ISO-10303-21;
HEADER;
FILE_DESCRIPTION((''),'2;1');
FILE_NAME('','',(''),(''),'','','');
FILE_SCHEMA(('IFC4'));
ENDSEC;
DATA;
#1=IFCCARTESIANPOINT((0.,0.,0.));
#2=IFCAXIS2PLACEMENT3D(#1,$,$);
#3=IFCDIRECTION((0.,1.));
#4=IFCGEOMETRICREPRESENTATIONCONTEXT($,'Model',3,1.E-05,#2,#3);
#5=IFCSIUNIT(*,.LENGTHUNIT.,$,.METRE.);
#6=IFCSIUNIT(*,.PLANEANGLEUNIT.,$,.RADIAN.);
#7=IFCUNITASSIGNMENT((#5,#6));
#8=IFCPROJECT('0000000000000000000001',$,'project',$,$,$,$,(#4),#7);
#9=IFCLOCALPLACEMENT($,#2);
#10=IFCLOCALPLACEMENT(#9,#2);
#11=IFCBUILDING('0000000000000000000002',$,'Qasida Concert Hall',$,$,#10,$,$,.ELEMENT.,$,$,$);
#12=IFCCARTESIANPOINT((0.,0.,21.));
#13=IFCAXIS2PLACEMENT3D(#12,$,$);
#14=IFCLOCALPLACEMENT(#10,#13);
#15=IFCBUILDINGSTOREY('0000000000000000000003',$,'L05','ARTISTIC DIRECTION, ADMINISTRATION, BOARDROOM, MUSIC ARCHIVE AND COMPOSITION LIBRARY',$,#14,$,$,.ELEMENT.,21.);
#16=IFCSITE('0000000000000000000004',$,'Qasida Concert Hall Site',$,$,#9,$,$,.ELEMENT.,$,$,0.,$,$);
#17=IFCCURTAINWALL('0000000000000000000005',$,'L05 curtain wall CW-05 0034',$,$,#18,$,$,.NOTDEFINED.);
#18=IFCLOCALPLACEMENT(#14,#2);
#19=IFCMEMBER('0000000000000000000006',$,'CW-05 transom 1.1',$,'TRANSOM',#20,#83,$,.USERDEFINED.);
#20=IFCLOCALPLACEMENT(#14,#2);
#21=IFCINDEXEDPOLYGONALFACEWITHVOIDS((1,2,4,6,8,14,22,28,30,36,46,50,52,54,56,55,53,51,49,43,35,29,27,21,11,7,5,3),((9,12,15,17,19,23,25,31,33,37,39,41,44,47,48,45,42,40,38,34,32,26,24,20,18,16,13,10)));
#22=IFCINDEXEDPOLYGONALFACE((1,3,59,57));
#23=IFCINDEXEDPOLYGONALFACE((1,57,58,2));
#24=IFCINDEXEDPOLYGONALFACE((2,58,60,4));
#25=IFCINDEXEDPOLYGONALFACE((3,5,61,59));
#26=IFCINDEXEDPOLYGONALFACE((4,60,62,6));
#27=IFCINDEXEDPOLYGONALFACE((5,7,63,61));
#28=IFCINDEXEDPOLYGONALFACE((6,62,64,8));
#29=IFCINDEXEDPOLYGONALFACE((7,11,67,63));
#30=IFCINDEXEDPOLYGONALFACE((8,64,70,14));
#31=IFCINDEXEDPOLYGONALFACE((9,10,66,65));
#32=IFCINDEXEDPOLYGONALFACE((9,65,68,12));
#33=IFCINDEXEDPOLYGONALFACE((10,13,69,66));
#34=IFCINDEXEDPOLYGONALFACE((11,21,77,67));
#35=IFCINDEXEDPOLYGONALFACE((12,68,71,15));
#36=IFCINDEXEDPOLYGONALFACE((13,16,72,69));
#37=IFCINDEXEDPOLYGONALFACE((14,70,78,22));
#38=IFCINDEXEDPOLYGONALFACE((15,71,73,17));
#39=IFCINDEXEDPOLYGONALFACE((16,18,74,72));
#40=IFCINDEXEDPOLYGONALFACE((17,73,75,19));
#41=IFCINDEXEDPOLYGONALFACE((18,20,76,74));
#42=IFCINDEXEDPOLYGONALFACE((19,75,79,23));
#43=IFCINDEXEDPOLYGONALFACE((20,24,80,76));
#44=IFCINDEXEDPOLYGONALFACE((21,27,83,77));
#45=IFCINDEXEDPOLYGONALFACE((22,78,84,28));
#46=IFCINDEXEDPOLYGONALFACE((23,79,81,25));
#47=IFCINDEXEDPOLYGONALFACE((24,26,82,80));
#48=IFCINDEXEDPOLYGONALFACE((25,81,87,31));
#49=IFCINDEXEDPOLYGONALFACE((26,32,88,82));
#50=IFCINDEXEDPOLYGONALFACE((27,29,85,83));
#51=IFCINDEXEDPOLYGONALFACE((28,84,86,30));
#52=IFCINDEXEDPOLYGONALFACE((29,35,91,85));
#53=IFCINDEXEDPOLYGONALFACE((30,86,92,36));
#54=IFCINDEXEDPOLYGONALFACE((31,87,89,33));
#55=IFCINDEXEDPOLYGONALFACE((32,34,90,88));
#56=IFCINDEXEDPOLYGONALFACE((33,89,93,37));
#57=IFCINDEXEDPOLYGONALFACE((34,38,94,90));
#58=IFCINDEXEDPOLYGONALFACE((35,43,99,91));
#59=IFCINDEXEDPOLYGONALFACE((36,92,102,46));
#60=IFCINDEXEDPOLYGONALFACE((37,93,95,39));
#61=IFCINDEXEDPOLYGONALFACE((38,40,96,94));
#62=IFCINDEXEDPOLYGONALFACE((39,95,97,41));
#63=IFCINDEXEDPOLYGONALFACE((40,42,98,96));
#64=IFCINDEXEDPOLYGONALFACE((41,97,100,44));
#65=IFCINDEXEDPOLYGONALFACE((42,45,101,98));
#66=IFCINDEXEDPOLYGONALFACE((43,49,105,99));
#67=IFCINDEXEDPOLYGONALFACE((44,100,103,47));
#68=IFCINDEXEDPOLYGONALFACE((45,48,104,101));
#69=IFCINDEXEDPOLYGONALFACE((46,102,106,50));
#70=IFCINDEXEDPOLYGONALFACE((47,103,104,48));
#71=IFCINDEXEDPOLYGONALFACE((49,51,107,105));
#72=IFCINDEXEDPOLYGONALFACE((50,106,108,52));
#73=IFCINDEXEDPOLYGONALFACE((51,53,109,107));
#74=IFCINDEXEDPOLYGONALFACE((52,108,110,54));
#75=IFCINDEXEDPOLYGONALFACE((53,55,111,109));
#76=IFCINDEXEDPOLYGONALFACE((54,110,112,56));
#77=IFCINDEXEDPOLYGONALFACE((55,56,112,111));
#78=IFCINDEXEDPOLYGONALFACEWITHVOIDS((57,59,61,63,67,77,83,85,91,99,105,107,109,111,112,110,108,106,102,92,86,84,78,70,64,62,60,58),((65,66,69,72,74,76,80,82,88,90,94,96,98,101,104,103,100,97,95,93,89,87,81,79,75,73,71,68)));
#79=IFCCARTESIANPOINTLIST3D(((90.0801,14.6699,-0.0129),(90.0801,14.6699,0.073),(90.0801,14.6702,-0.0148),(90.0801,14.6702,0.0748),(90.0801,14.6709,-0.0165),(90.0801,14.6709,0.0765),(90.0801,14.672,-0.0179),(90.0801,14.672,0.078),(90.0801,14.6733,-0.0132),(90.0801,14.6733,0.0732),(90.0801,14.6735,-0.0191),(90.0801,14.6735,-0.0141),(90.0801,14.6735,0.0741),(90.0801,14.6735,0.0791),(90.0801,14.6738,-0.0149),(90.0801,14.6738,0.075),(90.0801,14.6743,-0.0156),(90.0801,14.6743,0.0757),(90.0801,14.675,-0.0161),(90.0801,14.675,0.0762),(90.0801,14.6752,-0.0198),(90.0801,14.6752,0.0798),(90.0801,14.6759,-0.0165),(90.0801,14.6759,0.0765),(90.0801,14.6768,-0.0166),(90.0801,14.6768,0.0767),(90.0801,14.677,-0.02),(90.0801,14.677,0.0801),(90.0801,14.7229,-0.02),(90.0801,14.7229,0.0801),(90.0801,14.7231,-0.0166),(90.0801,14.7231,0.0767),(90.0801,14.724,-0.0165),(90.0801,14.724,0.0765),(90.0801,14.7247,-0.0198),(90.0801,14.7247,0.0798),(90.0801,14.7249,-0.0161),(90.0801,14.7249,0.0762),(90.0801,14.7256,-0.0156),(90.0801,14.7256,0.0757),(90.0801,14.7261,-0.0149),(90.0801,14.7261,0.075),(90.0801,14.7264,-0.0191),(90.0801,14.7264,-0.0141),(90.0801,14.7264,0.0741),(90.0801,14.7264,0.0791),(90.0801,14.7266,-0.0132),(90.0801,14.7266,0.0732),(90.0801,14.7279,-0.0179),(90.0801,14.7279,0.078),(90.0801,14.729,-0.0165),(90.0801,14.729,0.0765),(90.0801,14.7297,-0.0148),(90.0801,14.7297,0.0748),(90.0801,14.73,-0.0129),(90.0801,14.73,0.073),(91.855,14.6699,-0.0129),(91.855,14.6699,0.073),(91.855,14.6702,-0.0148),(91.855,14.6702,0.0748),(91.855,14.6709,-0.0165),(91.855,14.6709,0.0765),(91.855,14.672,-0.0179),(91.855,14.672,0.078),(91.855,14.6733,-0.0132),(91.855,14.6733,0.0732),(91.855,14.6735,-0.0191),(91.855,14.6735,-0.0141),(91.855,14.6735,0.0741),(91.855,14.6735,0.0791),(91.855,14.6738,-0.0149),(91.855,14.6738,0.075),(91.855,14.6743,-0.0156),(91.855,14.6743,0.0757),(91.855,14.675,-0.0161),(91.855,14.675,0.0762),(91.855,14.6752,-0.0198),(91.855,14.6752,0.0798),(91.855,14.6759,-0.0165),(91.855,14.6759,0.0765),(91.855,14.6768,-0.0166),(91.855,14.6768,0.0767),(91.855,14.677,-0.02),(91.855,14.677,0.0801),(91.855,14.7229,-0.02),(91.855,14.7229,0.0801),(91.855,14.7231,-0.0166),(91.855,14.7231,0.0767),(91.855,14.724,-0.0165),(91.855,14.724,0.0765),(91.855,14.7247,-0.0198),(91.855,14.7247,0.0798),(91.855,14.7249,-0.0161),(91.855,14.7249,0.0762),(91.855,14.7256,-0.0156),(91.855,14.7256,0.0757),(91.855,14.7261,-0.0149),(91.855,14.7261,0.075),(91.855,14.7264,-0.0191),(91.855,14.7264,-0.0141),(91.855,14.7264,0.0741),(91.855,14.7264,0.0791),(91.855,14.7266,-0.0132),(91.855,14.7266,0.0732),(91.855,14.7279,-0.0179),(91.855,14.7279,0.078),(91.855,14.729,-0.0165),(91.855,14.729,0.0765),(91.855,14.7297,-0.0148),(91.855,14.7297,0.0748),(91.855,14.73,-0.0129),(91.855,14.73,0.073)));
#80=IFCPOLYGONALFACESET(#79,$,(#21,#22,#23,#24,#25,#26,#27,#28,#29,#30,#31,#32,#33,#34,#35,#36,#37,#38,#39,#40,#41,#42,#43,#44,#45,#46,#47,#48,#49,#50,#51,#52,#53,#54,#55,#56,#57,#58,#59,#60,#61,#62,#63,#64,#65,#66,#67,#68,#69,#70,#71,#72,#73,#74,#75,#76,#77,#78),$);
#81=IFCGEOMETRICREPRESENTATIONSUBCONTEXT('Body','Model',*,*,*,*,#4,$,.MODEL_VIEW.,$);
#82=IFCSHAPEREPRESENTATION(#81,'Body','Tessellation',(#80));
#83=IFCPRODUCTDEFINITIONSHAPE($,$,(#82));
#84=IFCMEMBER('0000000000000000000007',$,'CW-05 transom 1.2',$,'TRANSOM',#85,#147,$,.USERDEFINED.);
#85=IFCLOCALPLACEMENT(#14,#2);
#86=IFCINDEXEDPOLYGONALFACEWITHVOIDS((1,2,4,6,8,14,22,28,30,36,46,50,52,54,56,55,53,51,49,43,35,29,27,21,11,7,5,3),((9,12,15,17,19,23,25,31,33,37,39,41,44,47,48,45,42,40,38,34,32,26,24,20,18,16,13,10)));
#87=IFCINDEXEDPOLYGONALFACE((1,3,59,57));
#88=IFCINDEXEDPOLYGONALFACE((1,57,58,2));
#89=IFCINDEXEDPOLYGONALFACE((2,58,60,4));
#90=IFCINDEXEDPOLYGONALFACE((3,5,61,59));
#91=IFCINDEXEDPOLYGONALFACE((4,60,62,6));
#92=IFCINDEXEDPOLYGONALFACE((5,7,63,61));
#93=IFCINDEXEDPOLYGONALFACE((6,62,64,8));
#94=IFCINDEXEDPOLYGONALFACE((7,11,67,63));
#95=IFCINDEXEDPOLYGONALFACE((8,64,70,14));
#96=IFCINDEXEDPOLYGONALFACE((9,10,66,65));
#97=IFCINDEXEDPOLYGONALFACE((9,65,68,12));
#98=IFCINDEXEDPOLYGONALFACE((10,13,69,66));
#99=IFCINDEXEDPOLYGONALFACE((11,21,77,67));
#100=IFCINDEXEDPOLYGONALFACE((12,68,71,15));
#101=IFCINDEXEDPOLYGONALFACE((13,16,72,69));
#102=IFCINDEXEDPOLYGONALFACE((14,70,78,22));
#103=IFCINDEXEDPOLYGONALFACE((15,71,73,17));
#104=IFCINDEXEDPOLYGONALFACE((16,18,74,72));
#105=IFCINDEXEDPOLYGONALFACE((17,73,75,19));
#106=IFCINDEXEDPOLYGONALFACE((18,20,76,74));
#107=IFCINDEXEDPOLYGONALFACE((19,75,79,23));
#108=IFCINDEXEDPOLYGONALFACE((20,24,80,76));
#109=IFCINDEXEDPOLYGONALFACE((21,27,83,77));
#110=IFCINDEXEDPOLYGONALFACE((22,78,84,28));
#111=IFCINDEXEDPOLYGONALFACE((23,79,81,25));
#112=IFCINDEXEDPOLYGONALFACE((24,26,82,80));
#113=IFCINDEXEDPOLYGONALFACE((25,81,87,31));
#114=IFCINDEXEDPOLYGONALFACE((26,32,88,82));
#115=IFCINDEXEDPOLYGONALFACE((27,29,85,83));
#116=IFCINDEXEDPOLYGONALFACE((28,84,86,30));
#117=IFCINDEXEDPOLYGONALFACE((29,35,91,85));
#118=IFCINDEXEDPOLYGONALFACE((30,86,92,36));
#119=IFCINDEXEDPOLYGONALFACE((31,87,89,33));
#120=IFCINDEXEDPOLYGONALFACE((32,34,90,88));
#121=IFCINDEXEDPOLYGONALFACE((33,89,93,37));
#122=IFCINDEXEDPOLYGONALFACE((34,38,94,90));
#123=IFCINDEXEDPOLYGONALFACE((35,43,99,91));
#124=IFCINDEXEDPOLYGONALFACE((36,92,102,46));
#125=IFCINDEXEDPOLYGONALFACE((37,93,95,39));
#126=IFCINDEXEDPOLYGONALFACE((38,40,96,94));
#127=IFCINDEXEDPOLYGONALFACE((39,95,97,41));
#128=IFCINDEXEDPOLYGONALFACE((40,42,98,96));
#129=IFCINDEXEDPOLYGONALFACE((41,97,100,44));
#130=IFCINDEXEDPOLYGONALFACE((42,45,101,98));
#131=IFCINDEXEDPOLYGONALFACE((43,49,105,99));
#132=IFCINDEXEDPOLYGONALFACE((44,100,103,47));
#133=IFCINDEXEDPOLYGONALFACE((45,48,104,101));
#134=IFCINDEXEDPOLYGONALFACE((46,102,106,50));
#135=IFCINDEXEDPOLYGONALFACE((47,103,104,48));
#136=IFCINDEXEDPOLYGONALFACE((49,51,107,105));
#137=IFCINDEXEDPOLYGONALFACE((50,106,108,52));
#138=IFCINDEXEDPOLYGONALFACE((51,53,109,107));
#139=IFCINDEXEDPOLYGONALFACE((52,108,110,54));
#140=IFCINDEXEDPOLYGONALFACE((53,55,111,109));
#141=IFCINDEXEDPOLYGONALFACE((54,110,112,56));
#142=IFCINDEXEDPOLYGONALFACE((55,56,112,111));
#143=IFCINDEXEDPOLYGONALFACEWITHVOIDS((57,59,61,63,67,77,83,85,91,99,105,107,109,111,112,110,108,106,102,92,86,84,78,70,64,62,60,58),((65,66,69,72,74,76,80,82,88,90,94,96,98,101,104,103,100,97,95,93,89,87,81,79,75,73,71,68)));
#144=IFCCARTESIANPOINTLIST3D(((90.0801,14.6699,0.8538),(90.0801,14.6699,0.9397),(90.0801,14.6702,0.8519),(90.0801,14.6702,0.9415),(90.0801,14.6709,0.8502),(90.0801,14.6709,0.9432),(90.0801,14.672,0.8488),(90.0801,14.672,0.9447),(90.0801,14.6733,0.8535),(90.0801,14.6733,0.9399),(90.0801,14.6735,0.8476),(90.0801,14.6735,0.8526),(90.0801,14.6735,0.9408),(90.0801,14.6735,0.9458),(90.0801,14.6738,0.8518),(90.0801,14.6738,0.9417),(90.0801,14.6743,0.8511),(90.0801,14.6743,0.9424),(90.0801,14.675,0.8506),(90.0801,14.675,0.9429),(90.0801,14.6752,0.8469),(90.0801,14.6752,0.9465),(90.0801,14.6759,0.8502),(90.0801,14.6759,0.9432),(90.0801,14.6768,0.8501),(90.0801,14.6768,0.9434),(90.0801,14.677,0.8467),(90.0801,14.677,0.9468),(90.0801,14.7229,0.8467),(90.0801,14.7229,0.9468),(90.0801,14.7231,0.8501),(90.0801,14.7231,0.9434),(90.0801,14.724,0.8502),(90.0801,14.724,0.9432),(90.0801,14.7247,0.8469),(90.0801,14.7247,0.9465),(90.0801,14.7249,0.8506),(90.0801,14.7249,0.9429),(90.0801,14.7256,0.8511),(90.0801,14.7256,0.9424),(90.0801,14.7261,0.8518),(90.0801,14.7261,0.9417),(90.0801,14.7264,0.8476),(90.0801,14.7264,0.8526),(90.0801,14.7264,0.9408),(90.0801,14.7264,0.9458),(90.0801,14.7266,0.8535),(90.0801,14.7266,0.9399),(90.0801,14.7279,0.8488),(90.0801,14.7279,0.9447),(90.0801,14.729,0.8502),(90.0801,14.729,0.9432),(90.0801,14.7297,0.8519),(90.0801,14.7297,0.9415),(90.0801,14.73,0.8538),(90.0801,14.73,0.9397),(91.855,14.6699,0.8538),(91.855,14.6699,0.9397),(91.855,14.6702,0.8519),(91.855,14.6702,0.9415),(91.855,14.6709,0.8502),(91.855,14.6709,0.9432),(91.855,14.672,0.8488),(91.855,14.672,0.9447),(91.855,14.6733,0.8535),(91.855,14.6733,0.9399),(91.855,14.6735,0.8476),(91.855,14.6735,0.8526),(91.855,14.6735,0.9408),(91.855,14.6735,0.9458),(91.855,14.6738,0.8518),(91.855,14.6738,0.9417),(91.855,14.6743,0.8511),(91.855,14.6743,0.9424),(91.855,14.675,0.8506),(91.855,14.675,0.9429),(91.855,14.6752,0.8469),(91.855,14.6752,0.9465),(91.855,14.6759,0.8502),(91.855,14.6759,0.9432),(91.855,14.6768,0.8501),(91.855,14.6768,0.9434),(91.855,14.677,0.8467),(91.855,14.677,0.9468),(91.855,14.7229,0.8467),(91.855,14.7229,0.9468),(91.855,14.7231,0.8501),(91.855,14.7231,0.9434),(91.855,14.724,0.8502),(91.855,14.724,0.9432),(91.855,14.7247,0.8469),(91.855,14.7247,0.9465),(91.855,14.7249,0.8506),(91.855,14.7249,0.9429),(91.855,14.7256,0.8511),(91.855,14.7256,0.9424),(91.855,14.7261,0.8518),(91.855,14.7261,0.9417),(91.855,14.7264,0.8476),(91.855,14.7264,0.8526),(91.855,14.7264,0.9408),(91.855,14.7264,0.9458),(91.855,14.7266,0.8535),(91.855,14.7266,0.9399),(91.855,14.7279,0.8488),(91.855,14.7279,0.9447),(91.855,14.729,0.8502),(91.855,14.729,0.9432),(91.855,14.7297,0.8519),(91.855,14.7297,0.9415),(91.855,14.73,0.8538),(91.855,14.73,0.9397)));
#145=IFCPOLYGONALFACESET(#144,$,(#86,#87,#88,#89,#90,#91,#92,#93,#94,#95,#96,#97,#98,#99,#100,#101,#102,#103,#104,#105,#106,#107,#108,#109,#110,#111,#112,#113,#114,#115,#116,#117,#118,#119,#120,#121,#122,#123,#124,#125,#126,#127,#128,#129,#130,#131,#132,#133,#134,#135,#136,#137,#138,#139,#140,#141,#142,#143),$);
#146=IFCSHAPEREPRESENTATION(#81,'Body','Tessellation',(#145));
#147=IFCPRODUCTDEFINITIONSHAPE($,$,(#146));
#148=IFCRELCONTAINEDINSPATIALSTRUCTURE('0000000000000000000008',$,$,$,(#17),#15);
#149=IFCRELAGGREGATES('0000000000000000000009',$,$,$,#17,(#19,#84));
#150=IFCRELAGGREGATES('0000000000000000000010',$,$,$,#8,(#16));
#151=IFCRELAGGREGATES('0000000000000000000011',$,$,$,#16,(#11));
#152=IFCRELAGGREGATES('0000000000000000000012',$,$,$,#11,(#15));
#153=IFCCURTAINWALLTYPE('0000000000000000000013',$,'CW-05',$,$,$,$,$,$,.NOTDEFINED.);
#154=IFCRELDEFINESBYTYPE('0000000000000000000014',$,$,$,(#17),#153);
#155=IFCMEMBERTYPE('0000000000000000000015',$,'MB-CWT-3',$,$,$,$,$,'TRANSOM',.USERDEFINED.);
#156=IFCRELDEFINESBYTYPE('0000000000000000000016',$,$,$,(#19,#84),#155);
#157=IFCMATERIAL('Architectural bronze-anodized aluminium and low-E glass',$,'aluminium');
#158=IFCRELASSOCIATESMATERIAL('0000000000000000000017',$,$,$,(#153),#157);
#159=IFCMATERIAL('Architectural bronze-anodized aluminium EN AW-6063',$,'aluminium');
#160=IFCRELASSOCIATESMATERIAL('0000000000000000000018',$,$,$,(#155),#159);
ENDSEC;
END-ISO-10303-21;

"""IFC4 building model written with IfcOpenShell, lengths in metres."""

from ifc_helpers import new_model, si_unit, direction, frame, origin, origin_2d, place, context, subcontext, project, spatial, hollow_rectangle, extrude, material, material_profile, profile_set, type_object, element, aggregate, save


model = new_model("IFC4")

# Units and contexts
model_context = context("Model", 3, precision=1e-05, world=origin(), true_north=direction((0.0, 1.0)))
body_context = subcontext(model_context, "Body", "Model", "MODEL_VIEW")
ifc_project = project(units=[si_unit("LENGTHUNIT", "METRE"), si_unit("PLANEANGLEUNIT", "RADIAN")], contexts=[model_context])

# Site, building, storey
site_placement = place(None, origin())
site = spatial("IfcSite", under=ifc_project, at=site_placement, Name="Qasida Concert Hall Site", CompositionType="ELEMENT", RefElevation=0.0)
building_placement = place(site_placement, origin())
building = spatial("IfcBuilding", under=site, at=building_placement, Name="Qasida Concert Hall", CompositionType="ELEMENT")
storey_placement = place(building_placement, frame((0.0, 0.0, 21.0)))
storey = spatial("IfcBuildingStorey", under=building, at=storey_placement, Name="L05", Description="ARTISTIC DIRECTION, ADMINISTRATION, BOARDROOM, MUSIC ARCHIVE AND COMPOSITION LIBRARY", CompositionType="ELEMENT", Elevation=21.0)

# Shared definitions
ifc_material_1 = material(Name="Architectural bronze-anodized aluminium and low-E glass", Category="aluminium")
curtain_wall_type = type_object("IfcCurtainWallType", Name="CW-05", PredefinedType="NOTDEFINED", material=ifc_material_1)
ifc_material_2 = material(Name="Architectural bronze-anodized aluminium EN AW-6063", Category="aluminium")

# Curtain wall, members
curtain_wall_1_placement = place(storey_placement, origin())
curtain_wall_1 = element("IfcCurtainWall", 1, at=curtain_wall_1_placement, inside=storey, type_object=curtain_wall_type, Name="L05 curtain wall CW-05 0034", PredefinedType="NOTDEFINED")
ifc_material_profile_1 = material_profile(ifc_material_2, hollow_rectangle(XDim=0.0601, YDim=0.1001, WallThickness=0.0034, InnerFilletRadius=0.0034, OuterFilletRadius=0.0071, at=origin_2d()), Name="CWT 100x60x3.5")
ifc_profile_set_1 = profile_set([ifc_material_profile_1], Name="Architectural bronze-anodized aluminium EN AW-6063")
member_type_1 = type_object("IfcMemberType", Name="MB-CWT-3", ElementType="TRANSOM", PredefinedType="USERDEFINED", material=ifc_profile_set_1)
member_1_placement = place(storey_placement, frame((90.0801, 14.7, 0.03), z_axis=(1.0, 0.0, 0.0), x_axis=(0.0, 1.0, 0.0)))
member_1 = element("IfcMember", 2, at=member_1_placement, type_object=member_type_1, Name="CW-05 transom 1.1", ObjectType="TRANSOM", PredefinedType="USERDEFINED", context=body_context, shape_type="SweptSolid", body=[
    extrude(hollow_rectangle(XDim=0.0601, YDim=0.1001, WallThickness=0.0034, InnerFilletRadius=0.0034, OuterFilletRadius=0.0071, at=origin_2d()), origin(), (0.0, 0.0, 1.0), 1.7749),
])
member_2_placement = place(storey_placement, frame((90.0801, 14.7, 0.8967), z_axis=(1.0, 0.0, 0.0), x_axis=(0.0, 1.0, 0.0)))
member_2 = element("IfcMember", 3, at=member_2_placement, type_object=member_type_1, Name="CW-05 transom 1.2", ObjectType="TRANSOM", PredefinedType="USERDEFINED", context=body_context, shape_type="SweptSolid", body=[
    extrude(hollow_rectangle(XDim=0.0601, YDim=0.1001, WallThickness=0.0034, InnerFilletRadius=0.0034, OuterFilletRadius=0.0071, at=origin_2d()), origin(), (0.0, 0.0, 1.0), 1.7749),
])

aggregate(curtain_wall_1, [member_1, member_2])

save(model, "model.ifc")
